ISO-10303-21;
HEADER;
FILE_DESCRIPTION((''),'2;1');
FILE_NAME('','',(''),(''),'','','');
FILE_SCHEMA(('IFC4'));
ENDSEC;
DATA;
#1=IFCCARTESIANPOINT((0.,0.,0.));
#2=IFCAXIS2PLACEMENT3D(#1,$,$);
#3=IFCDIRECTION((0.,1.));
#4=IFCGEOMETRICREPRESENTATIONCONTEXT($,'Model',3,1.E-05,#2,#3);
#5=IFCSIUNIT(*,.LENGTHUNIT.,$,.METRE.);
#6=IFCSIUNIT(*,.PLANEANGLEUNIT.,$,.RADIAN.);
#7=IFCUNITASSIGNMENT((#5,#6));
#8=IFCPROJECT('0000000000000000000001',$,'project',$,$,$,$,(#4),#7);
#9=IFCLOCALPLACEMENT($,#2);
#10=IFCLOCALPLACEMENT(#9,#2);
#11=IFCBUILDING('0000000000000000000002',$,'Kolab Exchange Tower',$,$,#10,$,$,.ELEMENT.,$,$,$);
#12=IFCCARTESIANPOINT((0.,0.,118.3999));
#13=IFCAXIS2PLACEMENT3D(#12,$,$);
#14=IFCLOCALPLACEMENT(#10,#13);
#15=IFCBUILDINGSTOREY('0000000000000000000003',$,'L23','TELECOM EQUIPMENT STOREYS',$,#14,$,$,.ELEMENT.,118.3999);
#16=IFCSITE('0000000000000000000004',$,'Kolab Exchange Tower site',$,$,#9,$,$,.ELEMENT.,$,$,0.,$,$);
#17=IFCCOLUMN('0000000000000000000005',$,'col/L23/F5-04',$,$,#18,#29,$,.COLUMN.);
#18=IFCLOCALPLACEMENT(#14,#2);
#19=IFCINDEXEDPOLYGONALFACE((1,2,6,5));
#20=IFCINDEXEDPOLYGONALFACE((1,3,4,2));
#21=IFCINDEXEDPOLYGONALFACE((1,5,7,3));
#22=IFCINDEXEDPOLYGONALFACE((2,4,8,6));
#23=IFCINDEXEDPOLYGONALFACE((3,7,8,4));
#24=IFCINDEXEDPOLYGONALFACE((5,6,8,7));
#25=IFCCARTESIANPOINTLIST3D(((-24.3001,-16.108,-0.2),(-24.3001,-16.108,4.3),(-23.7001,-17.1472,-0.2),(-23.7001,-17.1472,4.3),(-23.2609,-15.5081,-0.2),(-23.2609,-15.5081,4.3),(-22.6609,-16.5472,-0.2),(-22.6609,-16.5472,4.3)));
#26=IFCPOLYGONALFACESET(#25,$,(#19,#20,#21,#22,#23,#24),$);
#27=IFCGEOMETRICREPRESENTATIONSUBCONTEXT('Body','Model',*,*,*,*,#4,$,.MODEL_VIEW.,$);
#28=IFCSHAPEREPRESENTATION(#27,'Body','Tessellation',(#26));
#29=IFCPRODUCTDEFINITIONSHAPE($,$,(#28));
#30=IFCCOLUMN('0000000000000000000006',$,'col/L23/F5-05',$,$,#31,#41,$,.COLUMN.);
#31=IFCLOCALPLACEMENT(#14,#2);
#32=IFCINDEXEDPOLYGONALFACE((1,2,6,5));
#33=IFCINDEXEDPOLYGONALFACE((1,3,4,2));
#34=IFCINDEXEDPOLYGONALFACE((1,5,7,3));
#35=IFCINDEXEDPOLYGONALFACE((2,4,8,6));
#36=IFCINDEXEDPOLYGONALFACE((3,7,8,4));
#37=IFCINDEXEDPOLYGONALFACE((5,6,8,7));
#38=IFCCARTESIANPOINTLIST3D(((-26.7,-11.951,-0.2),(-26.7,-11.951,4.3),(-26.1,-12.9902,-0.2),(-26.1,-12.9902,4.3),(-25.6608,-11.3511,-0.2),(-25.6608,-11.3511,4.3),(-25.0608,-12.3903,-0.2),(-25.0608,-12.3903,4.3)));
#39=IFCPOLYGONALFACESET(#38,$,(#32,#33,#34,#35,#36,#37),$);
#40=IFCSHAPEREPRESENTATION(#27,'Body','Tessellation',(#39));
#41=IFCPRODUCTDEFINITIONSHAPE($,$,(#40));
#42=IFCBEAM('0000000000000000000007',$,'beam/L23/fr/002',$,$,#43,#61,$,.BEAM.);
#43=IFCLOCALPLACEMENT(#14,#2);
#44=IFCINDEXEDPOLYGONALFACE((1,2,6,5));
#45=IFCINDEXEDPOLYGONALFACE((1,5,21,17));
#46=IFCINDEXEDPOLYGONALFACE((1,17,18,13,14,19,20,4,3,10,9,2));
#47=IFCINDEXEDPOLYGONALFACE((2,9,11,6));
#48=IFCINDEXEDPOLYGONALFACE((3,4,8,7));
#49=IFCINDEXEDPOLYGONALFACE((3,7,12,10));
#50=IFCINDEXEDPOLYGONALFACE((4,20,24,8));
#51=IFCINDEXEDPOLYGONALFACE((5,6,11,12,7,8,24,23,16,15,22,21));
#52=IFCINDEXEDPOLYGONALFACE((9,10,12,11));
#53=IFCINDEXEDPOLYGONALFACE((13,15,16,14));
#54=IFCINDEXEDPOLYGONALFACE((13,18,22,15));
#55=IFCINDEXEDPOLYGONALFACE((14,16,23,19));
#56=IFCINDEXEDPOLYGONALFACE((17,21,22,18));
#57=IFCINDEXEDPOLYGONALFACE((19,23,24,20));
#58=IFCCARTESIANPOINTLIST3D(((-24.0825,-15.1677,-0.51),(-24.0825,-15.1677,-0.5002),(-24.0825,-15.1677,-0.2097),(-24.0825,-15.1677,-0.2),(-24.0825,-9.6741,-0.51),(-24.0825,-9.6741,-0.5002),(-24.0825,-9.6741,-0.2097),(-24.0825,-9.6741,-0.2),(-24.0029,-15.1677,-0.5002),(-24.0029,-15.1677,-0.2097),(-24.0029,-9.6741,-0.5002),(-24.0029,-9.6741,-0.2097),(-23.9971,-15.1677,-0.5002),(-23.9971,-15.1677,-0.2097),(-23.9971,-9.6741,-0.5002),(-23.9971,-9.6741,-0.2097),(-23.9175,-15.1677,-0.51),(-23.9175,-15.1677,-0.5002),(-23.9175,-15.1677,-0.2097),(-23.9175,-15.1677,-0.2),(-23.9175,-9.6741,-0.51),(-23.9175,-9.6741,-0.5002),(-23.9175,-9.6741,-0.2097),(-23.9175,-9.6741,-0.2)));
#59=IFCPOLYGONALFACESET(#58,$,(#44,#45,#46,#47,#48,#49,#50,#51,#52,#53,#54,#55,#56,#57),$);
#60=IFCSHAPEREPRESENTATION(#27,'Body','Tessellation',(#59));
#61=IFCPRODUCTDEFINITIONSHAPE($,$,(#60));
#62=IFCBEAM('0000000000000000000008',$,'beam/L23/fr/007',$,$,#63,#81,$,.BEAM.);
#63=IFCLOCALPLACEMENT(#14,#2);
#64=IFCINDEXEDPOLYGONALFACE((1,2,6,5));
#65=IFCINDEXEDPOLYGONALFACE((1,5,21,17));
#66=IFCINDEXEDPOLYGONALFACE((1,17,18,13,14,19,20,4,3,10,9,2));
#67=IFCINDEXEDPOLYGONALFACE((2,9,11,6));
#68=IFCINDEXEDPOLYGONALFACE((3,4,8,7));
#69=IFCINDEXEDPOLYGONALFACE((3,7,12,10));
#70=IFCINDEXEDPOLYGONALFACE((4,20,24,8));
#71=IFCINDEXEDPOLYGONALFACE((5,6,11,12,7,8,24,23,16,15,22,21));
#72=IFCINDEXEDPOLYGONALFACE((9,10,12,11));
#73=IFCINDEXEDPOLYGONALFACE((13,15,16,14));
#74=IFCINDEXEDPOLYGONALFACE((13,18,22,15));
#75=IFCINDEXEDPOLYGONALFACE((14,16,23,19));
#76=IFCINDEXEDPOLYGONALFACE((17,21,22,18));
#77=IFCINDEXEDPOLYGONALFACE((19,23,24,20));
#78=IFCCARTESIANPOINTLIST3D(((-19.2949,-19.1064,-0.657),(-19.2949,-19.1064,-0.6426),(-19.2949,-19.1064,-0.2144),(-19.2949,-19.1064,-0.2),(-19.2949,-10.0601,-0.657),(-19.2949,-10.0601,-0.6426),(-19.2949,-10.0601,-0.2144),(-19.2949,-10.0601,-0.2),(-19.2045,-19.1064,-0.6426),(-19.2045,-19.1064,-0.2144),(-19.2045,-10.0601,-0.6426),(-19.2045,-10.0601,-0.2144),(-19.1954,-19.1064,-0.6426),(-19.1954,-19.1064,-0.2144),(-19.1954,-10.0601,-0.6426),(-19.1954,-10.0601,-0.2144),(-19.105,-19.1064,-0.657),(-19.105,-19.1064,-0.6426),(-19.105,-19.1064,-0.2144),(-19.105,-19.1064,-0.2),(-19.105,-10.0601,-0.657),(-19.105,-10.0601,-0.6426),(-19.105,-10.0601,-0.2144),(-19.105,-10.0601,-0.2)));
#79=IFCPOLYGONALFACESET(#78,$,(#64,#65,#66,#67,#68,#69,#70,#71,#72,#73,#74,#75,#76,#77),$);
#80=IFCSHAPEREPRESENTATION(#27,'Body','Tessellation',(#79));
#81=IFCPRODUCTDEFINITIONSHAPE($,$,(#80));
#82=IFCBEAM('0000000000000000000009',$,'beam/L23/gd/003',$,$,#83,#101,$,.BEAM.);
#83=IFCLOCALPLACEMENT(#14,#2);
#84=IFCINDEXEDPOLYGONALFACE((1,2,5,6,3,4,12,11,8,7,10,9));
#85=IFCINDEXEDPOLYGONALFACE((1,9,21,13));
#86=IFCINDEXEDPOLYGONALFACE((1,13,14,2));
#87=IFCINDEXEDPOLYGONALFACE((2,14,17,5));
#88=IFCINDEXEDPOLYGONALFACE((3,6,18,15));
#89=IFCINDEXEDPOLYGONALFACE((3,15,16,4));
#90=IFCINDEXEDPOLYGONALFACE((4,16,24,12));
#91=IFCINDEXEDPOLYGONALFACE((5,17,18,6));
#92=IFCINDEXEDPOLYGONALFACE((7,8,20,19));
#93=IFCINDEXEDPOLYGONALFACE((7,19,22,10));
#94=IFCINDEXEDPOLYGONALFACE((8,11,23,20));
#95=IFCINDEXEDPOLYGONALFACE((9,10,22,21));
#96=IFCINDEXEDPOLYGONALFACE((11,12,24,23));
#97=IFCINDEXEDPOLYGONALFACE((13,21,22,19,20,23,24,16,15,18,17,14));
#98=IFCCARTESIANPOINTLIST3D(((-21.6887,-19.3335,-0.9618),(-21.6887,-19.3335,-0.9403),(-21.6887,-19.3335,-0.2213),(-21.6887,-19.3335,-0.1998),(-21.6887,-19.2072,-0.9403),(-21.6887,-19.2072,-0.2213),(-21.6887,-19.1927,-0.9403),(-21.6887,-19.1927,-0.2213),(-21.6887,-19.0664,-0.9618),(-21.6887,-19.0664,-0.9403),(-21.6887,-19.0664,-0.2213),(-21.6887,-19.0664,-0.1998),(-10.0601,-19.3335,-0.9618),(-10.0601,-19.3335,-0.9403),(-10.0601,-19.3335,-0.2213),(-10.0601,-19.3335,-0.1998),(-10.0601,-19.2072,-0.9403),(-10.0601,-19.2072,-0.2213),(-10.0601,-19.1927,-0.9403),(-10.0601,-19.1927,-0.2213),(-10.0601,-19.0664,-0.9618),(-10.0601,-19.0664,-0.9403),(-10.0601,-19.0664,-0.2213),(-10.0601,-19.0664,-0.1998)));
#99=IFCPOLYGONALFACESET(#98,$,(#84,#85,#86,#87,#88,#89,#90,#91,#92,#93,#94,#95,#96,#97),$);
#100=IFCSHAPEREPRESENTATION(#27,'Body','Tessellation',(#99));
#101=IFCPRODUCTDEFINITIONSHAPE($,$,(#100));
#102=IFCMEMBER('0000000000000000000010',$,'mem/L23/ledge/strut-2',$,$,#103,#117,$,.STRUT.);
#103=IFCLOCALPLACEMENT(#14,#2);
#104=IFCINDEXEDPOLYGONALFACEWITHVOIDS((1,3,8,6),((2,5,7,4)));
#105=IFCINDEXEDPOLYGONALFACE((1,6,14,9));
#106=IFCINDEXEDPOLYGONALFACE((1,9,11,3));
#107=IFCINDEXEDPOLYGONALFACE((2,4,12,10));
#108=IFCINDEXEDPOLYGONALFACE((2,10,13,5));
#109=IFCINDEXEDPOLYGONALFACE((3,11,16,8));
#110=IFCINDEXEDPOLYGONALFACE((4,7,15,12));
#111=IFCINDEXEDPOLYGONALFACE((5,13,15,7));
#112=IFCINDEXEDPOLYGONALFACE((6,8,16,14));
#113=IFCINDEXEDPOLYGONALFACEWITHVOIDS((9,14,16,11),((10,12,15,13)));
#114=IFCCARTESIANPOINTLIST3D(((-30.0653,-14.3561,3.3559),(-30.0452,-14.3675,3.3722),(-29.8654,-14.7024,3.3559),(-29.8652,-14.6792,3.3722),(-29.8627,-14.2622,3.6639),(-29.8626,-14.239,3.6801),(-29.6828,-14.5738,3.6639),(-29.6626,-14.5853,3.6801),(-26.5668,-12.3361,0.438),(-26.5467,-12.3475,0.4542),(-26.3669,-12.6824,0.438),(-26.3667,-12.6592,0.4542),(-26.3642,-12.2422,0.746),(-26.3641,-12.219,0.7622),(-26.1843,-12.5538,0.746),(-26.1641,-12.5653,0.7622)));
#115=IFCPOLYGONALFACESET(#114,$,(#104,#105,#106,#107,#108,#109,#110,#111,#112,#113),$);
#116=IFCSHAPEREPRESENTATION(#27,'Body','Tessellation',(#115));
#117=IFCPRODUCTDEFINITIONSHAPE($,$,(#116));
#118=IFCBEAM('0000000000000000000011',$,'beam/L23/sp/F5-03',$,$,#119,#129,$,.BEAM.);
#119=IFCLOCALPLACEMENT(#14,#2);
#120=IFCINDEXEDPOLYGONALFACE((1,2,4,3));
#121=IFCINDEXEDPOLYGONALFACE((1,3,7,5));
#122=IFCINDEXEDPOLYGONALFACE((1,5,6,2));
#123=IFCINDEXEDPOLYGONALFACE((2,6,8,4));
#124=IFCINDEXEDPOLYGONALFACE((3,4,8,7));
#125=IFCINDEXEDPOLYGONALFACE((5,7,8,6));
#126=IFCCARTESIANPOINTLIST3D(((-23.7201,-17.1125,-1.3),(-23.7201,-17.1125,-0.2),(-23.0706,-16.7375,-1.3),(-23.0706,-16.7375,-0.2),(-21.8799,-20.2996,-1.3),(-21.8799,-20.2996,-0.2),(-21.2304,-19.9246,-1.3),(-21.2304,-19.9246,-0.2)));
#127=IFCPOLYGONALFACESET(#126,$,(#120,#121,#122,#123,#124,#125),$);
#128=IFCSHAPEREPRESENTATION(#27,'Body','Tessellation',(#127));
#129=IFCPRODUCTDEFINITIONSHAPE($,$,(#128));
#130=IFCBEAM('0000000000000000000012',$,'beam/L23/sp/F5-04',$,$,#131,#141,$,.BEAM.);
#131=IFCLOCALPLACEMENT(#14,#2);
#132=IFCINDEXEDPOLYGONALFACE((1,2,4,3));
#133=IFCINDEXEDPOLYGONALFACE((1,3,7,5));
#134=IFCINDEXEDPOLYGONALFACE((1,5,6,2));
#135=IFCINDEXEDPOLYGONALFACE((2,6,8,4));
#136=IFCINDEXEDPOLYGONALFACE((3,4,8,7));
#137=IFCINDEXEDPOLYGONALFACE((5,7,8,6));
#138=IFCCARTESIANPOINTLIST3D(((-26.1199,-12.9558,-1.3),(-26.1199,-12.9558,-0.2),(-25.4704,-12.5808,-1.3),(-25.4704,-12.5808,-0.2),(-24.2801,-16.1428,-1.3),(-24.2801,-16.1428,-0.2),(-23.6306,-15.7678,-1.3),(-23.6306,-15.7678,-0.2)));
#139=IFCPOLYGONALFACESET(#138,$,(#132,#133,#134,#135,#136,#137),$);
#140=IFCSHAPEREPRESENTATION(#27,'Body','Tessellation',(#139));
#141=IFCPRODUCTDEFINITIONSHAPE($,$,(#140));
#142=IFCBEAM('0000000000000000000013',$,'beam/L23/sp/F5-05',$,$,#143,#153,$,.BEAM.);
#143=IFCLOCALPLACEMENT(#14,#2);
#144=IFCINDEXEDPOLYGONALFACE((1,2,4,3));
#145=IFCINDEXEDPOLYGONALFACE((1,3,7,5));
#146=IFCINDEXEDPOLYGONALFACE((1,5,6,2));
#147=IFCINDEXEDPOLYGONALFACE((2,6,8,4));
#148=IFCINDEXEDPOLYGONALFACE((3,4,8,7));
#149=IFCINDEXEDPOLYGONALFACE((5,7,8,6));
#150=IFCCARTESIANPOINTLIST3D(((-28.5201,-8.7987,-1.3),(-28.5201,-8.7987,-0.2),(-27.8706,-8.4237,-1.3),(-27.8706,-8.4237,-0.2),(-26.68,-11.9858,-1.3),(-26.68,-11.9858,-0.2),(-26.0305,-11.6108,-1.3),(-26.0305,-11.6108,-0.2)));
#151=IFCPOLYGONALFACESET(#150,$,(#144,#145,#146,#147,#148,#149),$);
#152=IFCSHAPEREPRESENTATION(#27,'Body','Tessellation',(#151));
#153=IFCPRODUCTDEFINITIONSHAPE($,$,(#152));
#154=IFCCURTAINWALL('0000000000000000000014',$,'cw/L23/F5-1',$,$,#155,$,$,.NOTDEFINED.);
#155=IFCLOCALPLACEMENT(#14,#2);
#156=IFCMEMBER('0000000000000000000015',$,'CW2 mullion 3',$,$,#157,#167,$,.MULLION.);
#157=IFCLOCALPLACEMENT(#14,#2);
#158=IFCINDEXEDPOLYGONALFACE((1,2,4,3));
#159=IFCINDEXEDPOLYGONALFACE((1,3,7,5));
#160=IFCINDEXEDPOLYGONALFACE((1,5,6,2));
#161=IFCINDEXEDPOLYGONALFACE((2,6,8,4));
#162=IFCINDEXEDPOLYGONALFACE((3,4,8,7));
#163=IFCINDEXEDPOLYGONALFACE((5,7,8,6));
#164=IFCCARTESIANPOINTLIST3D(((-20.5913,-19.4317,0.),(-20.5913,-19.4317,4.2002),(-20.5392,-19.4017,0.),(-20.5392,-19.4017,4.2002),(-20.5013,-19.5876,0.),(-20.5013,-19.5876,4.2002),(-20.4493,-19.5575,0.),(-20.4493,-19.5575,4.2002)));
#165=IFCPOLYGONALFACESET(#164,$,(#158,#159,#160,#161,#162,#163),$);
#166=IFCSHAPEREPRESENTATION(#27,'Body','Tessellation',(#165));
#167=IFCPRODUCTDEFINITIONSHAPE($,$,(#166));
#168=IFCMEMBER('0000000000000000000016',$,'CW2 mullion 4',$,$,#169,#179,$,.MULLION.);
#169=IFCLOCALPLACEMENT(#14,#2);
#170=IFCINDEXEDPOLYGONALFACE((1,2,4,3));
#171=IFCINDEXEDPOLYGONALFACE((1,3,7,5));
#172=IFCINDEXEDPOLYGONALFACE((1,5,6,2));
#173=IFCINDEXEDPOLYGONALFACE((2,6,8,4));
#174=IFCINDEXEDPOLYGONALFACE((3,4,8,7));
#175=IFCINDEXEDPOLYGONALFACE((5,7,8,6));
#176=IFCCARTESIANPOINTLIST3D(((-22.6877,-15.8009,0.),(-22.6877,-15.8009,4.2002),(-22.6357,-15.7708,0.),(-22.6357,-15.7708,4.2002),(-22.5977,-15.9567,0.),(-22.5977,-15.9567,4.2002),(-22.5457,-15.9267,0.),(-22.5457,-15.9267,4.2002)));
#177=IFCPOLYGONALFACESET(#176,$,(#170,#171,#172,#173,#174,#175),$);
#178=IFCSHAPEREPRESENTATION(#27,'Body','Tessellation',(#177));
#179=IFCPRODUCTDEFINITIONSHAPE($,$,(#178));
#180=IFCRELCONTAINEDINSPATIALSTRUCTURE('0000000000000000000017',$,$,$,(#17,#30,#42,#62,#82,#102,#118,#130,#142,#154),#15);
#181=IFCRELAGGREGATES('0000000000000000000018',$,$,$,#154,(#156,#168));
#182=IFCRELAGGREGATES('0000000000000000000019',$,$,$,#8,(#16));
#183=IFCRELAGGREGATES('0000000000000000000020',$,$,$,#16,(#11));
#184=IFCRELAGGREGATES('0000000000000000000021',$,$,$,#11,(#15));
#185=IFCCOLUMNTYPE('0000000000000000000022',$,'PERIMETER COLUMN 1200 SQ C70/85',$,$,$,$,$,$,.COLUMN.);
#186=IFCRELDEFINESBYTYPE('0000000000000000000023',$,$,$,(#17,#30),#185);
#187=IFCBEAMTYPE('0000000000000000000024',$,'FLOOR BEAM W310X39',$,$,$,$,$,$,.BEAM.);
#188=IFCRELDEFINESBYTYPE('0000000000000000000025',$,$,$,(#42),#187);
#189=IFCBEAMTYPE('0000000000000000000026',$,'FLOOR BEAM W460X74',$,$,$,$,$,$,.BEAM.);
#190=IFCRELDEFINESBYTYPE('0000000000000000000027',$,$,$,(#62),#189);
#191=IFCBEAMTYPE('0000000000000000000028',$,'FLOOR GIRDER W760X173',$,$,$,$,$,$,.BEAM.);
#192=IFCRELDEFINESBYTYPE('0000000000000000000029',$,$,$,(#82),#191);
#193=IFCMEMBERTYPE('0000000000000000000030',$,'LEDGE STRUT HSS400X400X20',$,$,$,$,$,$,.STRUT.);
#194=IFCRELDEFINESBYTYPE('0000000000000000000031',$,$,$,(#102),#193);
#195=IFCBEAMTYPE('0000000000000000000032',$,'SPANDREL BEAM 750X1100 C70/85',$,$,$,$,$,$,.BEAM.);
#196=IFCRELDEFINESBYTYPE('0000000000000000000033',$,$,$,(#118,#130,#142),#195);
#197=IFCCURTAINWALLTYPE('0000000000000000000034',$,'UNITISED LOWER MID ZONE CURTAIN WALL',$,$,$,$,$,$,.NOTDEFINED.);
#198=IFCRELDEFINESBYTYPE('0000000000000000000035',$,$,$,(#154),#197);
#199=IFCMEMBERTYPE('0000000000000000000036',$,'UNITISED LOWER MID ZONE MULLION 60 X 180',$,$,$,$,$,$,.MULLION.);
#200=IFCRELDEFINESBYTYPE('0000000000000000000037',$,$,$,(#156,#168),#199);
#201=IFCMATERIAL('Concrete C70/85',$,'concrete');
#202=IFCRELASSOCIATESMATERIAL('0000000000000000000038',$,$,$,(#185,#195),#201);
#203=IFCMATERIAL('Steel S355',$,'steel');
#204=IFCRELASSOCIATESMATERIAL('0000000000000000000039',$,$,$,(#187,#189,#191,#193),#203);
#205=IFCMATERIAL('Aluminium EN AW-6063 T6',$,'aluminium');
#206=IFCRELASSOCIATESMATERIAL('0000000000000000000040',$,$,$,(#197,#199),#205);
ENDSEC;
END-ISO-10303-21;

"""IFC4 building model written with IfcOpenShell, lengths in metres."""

from ifc_helpers import new_model, si_unit, direction, frame, origin, origin_2d, place, context, subcontext, project, spatial, rectangle, hollow_rectangle, i_section, extrude, material, material_profile, profile_set, type_object, element, aggregate, save


model = new_model("IFC4")

# Units and contexts
model_context = context("Model", 3, precision=1e-05, world=origin(), true_north=direction((0.0, 1.0)))
body_context = subcontext(model_context, "Body", "Model", "MODEL_VIEW")
ifc_project = project(units=[si_unit("LENGTHUNIT", "METRE"), si_unit("PLANEANGLEUNIT", "RADIAN")], contexts=[model_context])

# Site, building, storey
site_placement = place(None, origin())
site = spatial("IfcSite", under=ifc_project, at=site_placement, Name="Kolab Exchange Tower site", CompositionType="ELEMENT", RefElevation=0.0)
building_placement = place(site_placement, origin())
building = spatial("IfcBuilding", under=site, at=building_placement, Name="Kolab Exchange Tower", CompositionType="ELEMENT")
storey_placement = place(building_placement, frame((0.0, 0.0, 118.3999)))
storey = spatial("IfcBuildingStorey", under=building, at=storey_placement, Name="L23", Description="TELECOM EQUIPMENT STOREYS", CompositionType="ELEMENT", Elevation=118.3999)

# Columns
ifc_material_1 = material(Name="Concrete C70/85", Category="concrete")
ifc_material_profile_1 = material_profile(ifc_material_1, rectangle(XDim=1.2, YDim=1.2, at=origin_2d()), Name="RC1200")
ifc_profile_set_1 = profile_set([ifc_material_profile_1], Name="Concrete C70/85")
column_type = type_object("IfcColumnType", Name="PERIMETER COLUMN 1200 SQ C70/85", PredefinedType="COLUMN", material=ifc_profile_set_1)
for number, where, z_axis, x_axis, name in (
    (1, (-23.4805, -16.3276, -0.2), (0.0, 0.0, 1.0), (0.866025, 0.5, 0.0), "col/L23/F5-04"),
    (2, (-25.8804, -12.1707, -0.2), (0.0, 0.0, 1.0), (0.866025, 0.5, 0.0), "col/L23/F5-05"),
):
    element("IfcColumn", number, at=place(storey_placement, frame(where, z_axis=z_axis, x_axis=x_axis)), inside=storey, type_object=column_type, Name=name, PredefinedType="COLUMN", context=body_context, shape_type="SweptSolid", body=[
        extrude(rectangle(XDim=1.2, YDim=1.2, at=origin_2d()), origin(), (0.0, 0.0, 1.0), 4.5),
    ])

# Beams
ifc_material_2 = material(Name="Steel S355", Category="steel")
ifc_material_profile_2 = material_profile(ifc_material_2, i_section(OverallWidth=0.165, OverallDepth=0.3101, WebThickness=0.0059, FlangeThickness=0.0098, at=origin_2d()), Name="W310X39")
ifc_profile_set_2 = profile_set([ifc_material_profile_2], Name="Steel S355")
beam_type_1 = type_object("IfcBeamType", Name="FLOOR BEAM W310X39", PredefinedType="BEAM", material=ifc_profile_set_2)
beam_1_placement = place(storey_placement, frame((-24.0, -15.1677, -0.355), z_axis=(0.0, 1.0, 0.0), x_axis=(-1.0, 0.0, 0.0)))
element("IfcBeam", 3, at=beam_1_placement, inside=storey, type_object=beam_type_1, Name="beam/L23/fr/002", PredefinedType="BEAM", context=body_context, shape_type="SweptSolid", body=[
    extrude(i_section(OverallWidth=0.165, OverallDepth=0.3101, WebThickness=0.0059, FlangeThickness=0.0098, at=origin_2d()), origin(), (0.0, 0.0, 1.0), 5.4937),
])
ifc_material_profile_3 = material_profile(ifc_material_2, i_section(OverallWidth=0.1899, OverallDepth=0.457, WebThickness=0.009, FlangeThickness=0.0144, at=origin_2d()), Name="W460X74")
ifc_profile_set_3 = profile_set([ifc_material_profile_3], Name="Steel S355")
beam_type_2 = type_object("IfcBeamType", Name="FLOOR BEAM W460X74", PredefinedType="BEAM", material=ifc_profile_set_3)
beam_2_placement = place(storey_placement, frame((-19.2, -19.1064, -0.4285), z_axis=(0.0, 1.0, 0.0), x_axis=(-1.0, 0.0, 0.0)))
element("IfcBeam", 4, at=beam_2_placement, inside=storey, type_object=beam_type_2, Name="beam/L23/fr/007", PredefinedType="BEAM", context=body_context, shape_type="SweptSolid", body=[
    extrude(i_section(OverallWidth=0.1899, OverallDepth=0.457, WebThickness=0.009, FlangeThickness=0.0144, at=origin_2d()), origin(), (0.0, 0.0, 1.0), 9.0464),
])
ifc_material_profile_4 = material_profile(ifc_material_2, i_section(OverallWidth=0.2671, OverallDepth=0.762, WebThickness=0.0144, FlangeThickness=0.0215, at=origin_2d()), Name="W760X173")
ifc_profile_set_4 = profile_set([ifc_material_profile_4], Name="Steel S355")
beam_type_3 = type_object("IfcBeamType", Name="FLOOR GIRDER W760X173", PredefinedType="BEAM", material=ifc_profile_set_4)
beam_3_placement = place(storey_placement, frame((-21.6887, -19.2, -0.5808), z_axis=(1.0, 0.0, 0.0), x_axis=(0.0, 1.0, 0.0)))
element("IfcBeam", 5, at=beam_3_placement, inside=storey, type_object=beam_type_3, Name="beam/L23/gd/003", PredefinedType="BEAM", context=body_context, shape_type="SweptSolid", body=[
    extrude(i_section(OverallWidth=0.2671, OverallDepth=0.762, WebThickness=0.0144, FlangeThickness=0.0215, at=origin_2d()), origin(), (0.0, 0.0, 1.0), 11.6287),
])

# Member
ifc_material_profile_5 = material_profile(ifc_material_2, hollow_rectangle(XDim=0.3999, YDim=0.3999, WallThickness=0.02, at=origin_2d()), Name="HSS400X400X20")
ifc_profile_set_5 = profile_set([ifc_material_profile_5], Name="Steel S355")
member_type_1 = type_object("IfcMemberType", Name="LEDGE STRUT HSS400X400X20", PredefinedType="STRUT", material=ifc_profile_set_5)
member_1_placement = place(storey_placement, frame((-26.3655, -12.4507, 0.6001), z_axis=(-0.702031, -0.405346, 0.585532), x_axis=(0.500026, -0.86601, 0.0)))
element("IfcMember", 6, at=member_1_placement, inside=storey, type_object=member_type_1, Name="mem/L23/ledge/strut-2", PredefinedType="STRUT", context=body_context, shape_type="SweptSolid", body=[
    extrude(hollow_rectangle(XDim=0.3999, YDim=0.3999, WallThickness=0.02, at=origin_2d()), origin(), (0.0, 0.0, 1.0), 4.9834),
])

# Beams
ifc_material_profile_6 = material_profile(ifc_material_1, rectangle(XDim=0.75, YDim=1.1001, at=origin_2d()), Name="RC750X1100")
ifc_profile_set_6 = profile_set([ifc_material_profile_6], Name="Concrete C70/85")
beam_type_4 = type_object("IfcBeamType", Name="SPANDREL BEAM 750X1100 C70/85", PredefinedType="BEAM", material=ifc_profile_set_6)
beam_4_placement = place(storey_placement, frame((-21.5552, -20.1121, -0.75), z_axis=(-0.500013, 0.866018, 0.0), x_axis=(-0.866018, -0.500013, 0.0)))
element("IfcBeam", 7, at=beam_4_placement, inside=storey, type_object=beam_type_4, Name="beam/L23/sp/F5-03", PredefinedType="BEAM", context=body_context, shape_type="SweptSolid", body=[
    extrude(rectangle(XDim=0.75, YDim=1.1001, at=origin_2d()), origin(), (0.0, 0.0, 1.0), 3.6802),
])
beam_5_placement = place(storey_placement, frame((-23.9553, -15.9553, -0.75), z_axis=(-0.499964, 0.866046, 0.0), x_axis=(-0.866046, -0.499964, 0.0)))
element("IfcBeam", 8, at=beam_5_placement, inside=storey, type_object=beam_type_4, Name="beam/L23/sp/F5-04", PredefinedType="BEAM", context=body_context, shape_type="SweptSolid", body=[
    extrude(rectangle(XDim=0.75, YDim=1.1001, at=origin_2d()), origin(), (0.0, 0.0, 1.0), 3.6799),
])
beam_6_placement = place(storey_placement, frame((-26.3552, -11.7983, -0.75), z_axis=(-0.500013, 0.866018, 0.0), x_axis=(-0.866018, -0.500013, 0.0)))
element("IfcBeam", 9, at=beam_6_placement, inside=storey, type_object=beam_type_4, Name="beam/L23/sp/F5-05", PredefinedType="BEAM", context=body_context, shape_type="SweptSolid", body=[
    extrude(rectangle(XDim=0.75, YDim=1.1001, at=origin_2d()), origin(), (0.0, 0.0, 1.0), 3.6802),
])

# Curtain wall, members
ifc_material_3 = material(Name="Aluminium EN AW-6063 T6", Category="aluminium")
curtain_wall_type = type_object("IfcCurtainWallType", Name="UNITISED LOWER MID ZONE CURTAIN WALL", PredefinedType="NOTDEFINED", material=ifc_material_3)
curtain_wall_1_placement = place(storey_placement, origin())
curtain_wall_1 = element("IfcCurtainWall", 10, at=curtain_wall_1_placement, inside=storey, type_object=curtain_wall_type, Name="cw/L23/F5-1", PredefinedType="NOTDEFINED")
ifc_material_profile_7 = material_profile(ifc_material_3, rectangle(XDim=0.0601, YDim=0.1799, at=origin_2d()), Name="RECT 60X180")
ifc_profile_set_7 = profile_set([ifc_material_profile_7], Name="Aluminium EN AW-6063 T6")
member_type_2 = type_object("IfcMemberType", Name="UNITISED LOWER MID ZONE MULLION 60 X 180", PredefinedType="MULLION", material=ifc_profile_set_7)
member_2_placement = place(storey_placement, frame((-20.5203, -19.4946, 0.0), z_axis=(0.0, 0.0, 1.0), x_axis=(-0.866025, -0.5, 0.0)))
member_2 = element("IfcMember", 11, at=member_2_placement, type_object=member_type_2, Name="CW2 mullion 3", PredefinedType="MULLION", context=body_context, shape_type="SweptSolid", body=[
    extrude(rectangle(XDim=0.0601, YDim=0.1799, at=origin_2d()), origin(), (0.0, 0.0, 1.0), 4.2002),
])
member_3_placement = place(storey_placement, frame((-22.6167, -15.8638, 0.0), z_axis=(0.0, 0.0, 1.0), x_axis=(-0.866025, -0.5, 0.0)))
member_3 = element("IfcMember", 12, at=member_3_placement, type_object=member_type_2, Name="CW2 mullion 4", PredefinedType="MULLION", context=body_context, shape_type="SweptSolid", body=[
    extrude(rectangle(XDim=0.0601, YDim=0.1799, at=origin_2d()), origin(), (0.0, 0.0, 1.0), 4.2002),
])

aggregate(curtain_wall_1, [member_2, member_3])

save(model, "model.ifc")
